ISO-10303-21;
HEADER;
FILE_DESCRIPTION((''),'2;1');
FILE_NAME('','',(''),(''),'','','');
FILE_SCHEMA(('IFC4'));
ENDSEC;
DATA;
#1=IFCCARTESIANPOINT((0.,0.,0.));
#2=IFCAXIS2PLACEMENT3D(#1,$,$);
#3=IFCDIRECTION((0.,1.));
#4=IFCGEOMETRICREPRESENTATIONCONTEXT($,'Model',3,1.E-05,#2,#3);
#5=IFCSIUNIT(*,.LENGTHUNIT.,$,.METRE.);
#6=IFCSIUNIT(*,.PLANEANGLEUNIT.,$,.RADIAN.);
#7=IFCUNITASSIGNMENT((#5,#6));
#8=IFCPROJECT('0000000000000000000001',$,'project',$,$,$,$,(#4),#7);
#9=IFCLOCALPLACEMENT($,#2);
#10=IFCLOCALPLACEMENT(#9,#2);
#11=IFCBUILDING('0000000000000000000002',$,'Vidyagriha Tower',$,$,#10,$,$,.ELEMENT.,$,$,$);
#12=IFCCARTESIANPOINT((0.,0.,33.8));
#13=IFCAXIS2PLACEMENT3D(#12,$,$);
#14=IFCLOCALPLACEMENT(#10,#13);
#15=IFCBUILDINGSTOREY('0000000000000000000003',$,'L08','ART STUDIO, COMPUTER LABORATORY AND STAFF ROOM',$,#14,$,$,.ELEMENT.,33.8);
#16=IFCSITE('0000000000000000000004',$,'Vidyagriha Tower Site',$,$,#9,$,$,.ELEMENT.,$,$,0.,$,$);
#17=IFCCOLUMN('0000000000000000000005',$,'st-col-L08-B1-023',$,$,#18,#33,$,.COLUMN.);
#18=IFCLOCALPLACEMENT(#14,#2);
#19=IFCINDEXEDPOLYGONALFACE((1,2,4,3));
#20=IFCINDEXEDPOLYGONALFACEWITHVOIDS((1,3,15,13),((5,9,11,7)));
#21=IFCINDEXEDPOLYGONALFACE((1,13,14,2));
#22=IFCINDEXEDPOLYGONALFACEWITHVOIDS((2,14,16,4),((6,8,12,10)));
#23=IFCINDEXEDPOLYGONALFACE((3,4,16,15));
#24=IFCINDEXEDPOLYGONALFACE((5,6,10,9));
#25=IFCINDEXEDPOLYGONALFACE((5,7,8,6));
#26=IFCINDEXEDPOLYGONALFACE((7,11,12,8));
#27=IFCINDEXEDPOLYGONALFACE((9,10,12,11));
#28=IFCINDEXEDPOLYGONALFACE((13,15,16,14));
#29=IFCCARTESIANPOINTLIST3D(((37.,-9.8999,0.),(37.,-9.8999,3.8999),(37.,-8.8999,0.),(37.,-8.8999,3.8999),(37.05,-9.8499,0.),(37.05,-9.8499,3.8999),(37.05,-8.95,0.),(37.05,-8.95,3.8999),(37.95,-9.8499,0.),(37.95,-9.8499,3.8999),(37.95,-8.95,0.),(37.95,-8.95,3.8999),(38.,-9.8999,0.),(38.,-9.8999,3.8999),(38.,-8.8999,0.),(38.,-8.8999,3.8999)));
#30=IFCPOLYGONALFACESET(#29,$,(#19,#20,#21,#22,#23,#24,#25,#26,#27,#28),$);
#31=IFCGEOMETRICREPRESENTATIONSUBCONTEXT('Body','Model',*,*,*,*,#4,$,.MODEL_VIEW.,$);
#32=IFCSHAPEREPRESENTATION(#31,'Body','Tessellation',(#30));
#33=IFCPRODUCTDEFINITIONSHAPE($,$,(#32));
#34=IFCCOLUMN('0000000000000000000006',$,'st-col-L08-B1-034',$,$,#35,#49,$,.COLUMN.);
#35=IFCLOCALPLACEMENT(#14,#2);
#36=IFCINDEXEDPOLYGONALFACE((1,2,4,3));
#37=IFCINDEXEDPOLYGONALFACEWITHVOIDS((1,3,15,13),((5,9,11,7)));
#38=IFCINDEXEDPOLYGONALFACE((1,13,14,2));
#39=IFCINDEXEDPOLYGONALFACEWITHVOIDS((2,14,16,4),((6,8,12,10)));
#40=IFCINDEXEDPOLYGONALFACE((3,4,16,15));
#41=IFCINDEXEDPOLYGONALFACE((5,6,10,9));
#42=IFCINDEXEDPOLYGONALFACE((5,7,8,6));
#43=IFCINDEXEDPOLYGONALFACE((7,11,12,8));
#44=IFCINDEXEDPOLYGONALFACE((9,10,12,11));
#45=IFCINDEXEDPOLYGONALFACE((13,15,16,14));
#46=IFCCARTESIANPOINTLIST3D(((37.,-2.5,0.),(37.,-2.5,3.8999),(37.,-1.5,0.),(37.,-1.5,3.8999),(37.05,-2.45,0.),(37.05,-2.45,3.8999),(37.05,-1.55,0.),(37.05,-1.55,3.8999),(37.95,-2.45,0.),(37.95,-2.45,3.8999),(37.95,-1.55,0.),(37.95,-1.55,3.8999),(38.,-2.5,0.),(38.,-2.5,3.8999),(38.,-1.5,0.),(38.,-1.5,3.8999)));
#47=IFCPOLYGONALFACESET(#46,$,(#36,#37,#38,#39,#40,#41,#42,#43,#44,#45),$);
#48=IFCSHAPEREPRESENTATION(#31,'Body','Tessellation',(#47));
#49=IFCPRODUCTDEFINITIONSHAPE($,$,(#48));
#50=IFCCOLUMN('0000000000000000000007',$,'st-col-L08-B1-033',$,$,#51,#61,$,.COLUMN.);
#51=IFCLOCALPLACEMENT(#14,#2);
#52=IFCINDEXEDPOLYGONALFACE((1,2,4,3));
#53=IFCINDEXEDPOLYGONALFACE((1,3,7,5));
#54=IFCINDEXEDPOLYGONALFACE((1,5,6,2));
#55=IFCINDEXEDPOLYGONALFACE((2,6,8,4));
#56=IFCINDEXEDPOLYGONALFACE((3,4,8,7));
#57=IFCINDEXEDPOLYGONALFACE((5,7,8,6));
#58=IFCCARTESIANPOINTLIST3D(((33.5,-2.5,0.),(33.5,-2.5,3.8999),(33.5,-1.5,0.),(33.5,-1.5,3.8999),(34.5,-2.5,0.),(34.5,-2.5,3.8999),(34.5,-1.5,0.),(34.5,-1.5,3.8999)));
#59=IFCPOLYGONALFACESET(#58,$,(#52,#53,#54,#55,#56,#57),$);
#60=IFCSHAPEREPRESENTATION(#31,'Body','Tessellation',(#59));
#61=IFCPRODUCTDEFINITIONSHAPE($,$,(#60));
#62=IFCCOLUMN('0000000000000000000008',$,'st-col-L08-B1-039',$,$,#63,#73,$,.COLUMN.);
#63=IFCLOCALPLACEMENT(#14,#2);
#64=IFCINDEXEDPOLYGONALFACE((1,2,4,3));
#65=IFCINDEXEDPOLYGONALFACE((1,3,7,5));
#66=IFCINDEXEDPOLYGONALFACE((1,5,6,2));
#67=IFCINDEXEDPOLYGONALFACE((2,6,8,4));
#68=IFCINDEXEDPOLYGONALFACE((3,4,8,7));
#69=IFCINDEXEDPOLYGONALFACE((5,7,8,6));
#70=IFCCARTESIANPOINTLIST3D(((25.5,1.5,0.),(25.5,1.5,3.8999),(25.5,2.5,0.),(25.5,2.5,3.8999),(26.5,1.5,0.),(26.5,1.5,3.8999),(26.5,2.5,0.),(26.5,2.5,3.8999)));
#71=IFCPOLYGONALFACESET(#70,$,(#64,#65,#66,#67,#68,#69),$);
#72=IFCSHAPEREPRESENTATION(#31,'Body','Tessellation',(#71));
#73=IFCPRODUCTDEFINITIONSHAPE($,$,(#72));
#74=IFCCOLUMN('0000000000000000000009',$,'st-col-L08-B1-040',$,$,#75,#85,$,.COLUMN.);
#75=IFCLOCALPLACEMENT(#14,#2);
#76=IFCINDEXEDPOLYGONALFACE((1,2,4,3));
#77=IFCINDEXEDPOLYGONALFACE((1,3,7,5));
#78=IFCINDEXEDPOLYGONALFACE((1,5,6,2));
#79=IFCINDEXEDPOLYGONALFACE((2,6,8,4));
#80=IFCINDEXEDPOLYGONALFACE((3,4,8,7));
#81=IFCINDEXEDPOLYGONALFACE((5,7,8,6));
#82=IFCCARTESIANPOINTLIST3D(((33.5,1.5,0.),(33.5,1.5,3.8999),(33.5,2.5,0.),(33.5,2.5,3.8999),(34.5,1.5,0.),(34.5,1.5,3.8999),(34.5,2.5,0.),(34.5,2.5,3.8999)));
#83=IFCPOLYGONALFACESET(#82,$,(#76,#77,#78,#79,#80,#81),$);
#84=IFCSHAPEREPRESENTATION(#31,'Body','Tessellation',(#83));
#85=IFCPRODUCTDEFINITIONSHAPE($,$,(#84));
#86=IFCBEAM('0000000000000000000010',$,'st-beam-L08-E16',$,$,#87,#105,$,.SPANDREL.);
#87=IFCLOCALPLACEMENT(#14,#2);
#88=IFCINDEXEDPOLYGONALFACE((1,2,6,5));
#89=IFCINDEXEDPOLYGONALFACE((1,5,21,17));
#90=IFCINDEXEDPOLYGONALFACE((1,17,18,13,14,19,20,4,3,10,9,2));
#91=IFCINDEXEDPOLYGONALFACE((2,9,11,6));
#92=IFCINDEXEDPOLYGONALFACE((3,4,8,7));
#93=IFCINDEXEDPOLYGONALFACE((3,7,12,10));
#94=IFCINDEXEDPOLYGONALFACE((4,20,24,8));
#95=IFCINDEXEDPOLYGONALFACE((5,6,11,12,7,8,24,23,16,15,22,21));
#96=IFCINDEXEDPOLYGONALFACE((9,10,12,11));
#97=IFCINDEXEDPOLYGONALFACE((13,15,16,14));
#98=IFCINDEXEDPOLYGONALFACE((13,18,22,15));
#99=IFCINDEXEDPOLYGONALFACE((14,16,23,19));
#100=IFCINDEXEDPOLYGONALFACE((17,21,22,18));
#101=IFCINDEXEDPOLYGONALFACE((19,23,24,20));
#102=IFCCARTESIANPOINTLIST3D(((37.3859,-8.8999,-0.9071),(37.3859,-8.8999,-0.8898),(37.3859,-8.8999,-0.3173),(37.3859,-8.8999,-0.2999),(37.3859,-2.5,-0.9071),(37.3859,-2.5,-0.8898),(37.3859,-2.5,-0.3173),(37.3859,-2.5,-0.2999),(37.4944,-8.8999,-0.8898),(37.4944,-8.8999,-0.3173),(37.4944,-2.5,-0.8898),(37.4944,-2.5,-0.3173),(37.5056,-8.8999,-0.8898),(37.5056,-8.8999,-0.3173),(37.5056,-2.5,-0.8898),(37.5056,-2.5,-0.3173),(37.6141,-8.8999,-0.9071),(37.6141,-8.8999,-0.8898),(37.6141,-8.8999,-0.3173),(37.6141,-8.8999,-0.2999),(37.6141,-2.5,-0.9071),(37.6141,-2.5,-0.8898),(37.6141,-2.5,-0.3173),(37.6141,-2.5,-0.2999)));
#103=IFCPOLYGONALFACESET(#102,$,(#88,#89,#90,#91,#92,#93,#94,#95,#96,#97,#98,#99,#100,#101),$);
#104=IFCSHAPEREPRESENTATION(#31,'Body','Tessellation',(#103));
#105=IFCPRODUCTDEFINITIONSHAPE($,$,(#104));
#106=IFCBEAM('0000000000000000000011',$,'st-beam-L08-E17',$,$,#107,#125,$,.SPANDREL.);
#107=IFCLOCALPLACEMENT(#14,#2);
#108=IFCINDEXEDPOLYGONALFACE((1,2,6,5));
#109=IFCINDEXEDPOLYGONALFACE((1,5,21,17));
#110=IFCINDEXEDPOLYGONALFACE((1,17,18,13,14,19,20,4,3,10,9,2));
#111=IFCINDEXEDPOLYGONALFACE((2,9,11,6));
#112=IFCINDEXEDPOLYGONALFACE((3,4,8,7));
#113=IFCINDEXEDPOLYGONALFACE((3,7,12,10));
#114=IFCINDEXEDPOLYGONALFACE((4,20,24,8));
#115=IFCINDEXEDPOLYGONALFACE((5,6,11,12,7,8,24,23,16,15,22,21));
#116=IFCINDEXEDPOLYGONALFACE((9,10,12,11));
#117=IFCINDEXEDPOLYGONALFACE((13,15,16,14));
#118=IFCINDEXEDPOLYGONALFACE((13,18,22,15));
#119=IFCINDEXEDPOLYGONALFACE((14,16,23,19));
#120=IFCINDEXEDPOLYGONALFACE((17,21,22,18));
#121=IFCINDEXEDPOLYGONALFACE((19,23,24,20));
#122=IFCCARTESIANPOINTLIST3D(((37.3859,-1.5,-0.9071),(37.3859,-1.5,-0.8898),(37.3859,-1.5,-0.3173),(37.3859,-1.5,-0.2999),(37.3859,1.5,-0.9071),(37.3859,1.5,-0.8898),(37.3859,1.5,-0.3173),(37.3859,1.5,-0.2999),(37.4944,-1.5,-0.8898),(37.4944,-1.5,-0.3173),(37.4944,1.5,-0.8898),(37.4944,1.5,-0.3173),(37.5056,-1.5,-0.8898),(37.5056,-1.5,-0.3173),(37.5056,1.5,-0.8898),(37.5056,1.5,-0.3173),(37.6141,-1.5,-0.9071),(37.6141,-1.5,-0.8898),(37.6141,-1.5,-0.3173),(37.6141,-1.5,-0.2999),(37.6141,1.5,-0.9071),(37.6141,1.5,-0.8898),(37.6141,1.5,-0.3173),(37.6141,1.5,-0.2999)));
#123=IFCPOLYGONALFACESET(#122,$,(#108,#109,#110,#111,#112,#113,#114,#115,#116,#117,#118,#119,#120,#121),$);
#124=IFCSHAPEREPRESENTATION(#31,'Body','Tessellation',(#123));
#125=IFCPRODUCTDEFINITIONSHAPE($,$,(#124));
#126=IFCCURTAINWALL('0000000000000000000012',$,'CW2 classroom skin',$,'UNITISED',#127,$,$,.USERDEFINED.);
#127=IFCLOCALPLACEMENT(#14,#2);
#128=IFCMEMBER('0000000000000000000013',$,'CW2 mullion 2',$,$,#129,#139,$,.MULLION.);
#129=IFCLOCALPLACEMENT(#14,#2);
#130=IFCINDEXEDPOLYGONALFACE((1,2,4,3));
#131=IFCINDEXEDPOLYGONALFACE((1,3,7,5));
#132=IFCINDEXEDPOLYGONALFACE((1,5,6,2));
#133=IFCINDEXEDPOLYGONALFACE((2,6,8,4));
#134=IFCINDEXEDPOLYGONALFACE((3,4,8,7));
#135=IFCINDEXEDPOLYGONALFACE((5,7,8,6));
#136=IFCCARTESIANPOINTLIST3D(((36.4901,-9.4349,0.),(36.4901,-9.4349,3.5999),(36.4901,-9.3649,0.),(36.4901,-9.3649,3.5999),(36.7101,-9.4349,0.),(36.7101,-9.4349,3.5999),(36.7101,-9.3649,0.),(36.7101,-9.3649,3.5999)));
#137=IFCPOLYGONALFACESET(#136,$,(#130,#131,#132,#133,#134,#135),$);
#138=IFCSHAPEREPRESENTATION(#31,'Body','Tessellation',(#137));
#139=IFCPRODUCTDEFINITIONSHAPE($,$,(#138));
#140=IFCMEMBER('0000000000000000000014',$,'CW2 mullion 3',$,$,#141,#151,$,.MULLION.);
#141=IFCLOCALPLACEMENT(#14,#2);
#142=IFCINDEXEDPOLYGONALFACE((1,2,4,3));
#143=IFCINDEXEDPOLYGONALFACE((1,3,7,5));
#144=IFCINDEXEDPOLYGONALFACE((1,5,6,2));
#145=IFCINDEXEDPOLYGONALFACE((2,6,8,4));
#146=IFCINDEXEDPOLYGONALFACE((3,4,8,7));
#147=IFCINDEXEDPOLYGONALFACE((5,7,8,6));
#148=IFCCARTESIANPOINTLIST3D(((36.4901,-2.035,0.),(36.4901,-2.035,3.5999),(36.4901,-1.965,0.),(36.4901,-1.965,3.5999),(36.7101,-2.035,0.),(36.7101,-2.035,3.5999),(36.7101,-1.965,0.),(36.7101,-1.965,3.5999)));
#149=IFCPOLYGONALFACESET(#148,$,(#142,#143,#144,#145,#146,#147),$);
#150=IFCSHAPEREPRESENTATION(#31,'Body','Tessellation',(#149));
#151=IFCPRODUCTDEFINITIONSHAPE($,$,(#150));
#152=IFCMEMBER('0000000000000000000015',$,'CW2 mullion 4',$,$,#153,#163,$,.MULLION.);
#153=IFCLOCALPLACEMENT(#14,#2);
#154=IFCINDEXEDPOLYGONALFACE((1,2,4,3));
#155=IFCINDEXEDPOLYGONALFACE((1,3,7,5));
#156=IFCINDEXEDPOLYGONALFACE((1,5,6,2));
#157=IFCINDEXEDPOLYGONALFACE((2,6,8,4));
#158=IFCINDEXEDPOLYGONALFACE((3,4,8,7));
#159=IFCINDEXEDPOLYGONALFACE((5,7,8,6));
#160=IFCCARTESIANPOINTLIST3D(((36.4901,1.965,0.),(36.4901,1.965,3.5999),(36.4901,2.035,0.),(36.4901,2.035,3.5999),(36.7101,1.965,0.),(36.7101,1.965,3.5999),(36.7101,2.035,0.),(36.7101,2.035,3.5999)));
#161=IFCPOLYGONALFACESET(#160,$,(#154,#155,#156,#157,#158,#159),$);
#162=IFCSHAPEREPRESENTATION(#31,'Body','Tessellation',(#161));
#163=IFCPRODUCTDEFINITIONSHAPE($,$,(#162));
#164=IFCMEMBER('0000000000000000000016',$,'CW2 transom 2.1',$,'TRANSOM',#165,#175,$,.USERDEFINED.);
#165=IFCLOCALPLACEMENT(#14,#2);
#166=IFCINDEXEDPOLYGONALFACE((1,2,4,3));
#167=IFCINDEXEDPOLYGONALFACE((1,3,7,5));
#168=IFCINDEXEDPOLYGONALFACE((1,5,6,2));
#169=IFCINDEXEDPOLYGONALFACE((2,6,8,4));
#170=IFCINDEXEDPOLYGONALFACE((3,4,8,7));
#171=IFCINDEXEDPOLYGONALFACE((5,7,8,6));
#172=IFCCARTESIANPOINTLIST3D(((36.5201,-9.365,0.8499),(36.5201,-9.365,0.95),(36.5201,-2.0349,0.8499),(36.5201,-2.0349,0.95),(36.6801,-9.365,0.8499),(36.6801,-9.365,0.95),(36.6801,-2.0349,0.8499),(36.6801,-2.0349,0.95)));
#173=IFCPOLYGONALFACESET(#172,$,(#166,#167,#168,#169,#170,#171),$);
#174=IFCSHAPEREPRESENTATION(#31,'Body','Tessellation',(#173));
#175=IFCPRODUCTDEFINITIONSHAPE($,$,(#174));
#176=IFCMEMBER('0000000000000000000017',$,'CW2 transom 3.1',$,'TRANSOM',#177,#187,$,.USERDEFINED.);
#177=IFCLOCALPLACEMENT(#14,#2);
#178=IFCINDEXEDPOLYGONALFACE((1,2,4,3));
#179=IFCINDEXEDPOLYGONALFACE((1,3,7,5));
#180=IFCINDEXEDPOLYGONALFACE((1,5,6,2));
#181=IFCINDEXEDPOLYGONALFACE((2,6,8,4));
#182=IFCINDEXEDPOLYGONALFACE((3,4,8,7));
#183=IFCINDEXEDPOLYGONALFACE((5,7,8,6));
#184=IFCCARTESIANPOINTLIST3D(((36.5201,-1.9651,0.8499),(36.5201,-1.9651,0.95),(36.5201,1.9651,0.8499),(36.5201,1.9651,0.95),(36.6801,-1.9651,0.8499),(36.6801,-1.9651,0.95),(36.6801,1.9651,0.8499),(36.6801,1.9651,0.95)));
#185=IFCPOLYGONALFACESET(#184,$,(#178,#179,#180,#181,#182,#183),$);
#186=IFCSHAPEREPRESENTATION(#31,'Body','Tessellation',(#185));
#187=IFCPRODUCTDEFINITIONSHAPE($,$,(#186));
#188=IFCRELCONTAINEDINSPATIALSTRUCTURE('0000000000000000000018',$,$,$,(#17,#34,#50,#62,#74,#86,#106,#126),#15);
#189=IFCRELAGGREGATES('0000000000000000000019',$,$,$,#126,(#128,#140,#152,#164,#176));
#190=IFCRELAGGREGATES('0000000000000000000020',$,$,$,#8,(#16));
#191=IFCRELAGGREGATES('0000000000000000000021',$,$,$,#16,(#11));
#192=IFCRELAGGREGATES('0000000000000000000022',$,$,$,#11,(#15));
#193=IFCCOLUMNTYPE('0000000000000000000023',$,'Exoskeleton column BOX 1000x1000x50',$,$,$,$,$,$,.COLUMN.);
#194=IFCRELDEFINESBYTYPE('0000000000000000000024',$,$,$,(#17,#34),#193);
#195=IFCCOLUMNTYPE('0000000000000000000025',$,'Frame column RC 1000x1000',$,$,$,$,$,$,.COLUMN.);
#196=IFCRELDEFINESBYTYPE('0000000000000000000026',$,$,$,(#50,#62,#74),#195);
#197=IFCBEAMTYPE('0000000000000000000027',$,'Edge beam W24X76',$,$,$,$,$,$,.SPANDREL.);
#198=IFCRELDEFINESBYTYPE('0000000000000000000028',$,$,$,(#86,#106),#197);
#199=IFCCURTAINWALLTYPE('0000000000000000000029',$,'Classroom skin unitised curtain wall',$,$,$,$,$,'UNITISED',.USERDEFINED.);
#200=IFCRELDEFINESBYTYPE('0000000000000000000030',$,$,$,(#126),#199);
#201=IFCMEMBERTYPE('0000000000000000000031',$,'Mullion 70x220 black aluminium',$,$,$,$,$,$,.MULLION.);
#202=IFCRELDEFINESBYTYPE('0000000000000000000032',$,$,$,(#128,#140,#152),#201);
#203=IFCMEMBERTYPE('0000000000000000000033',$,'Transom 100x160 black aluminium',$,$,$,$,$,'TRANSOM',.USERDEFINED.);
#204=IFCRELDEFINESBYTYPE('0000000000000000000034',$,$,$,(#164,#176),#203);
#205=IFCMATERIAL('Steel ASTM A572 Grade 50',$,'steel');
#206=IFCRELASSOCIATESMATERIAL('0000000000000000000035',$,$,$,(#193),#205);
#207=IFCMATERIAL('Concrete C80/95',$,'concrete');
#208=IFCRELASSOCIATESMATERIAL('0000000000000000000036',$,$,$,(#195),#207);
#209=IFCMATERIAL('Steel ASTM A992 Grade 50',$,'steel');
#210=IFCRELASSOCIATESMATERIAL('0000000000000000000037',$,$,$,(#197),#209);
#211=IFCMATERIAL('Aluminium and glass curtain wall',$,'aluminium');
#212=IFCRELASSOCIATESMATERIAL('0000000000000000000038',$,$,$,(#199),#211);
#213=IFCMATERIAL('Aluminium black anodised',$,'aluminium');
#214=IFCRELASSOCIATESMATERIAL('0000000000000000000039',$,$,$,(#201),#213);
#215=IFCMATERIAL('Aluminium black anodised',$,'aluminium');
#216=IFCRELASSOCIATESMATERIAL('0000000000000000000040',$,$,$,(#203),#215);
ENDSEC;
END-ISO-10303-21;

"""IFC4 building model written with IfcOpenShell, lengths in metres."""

from ifc_helpers import new_model, si_unit, direction, frame, origin, origin_2d, place, context, subcontext, project, spatial, rectangle, hollow_rectangle, i_section, extrude, material, material_profile, profile_set, type_object, element, aggregate, save


model = new_model("IFC4")

# Units and contexts
model_context = context("Model", 3, precision=1e-05, world=origin(), true_north=direction((0.0, 1.0)))
body_context = subcontext(model_context, "Body", "Model", "MODEL_VIEW")
ifc_project = project(units=[si_unit("LENGTHUNIT", "METRE"), si_unit("PLANEANGLEUNIT", "RADIAN")], contexts=[model_context])

# Site, building, storey
site_placement = place(None, origin())
site = spatial("IfcSite", under=ifc_project, at=site_placement, Name="Vidyagriha Tower Site", CompositionType="ELEMENT", RefElevation=0.0)
building_placement = place(site_placement, origin())
building = spatial("IfcBuilding", under=site, at=building_placement, Name="Vidyagriha Tower", CompositionType="ELEMENT")
storey_placement = place(building_placement, frame((0.0, 0.0, 33.8)))
storey = spatial("IfcBuildingStorey", under=building, at=storey_placement, Name="L08", Description="ART STUDIO, COMPUTER LABORATORY AND STAFF ROOM", CompositionType="ELEMENT", Elevation=33.8)

# Columns
ifc_material_1 = material(Name="Steel ASTM A572 Grade 50", Category="steel")
ifc_material_profile_1 = material_profile(ifc_material_1, hollow_rectangle(XDim=1.0, YDim=1.0, WallThickness=0.05, at=origin_2d()), Name="BOX 1000x1000x50")
ifc_profile_set_1 = profile_set([ifc_material_profile_1], Name="Steel ASTM A572 Grade 50")
column_type_1 = type_object("IfcColumnType", Name="Exoskeleton column BOX 1000x1000x50", PredefinedType="COLUMN", material=ifc_profile_set_1)
for number, where, name in (
    (1, (37.5, -9.3999, 0.0), "st-col-L08-B1-023"),
    (2, (37.5, -2.0, 0.0), "st-col-L08-B1-034"),
):
    element("IfcColumn", number, at=place(storey_placement, frame(where)), inside=storey, type_object=column_type_1, Name=name, PredefinedType="COLUMN", context=body_context, shape_type="SweptSolid", body=[
        extrude(hollow_rectangle(XDim=1.0, YDim=1.0, WallThickness=0.05, at=origin_2d()), origin(), (0.0, 0.0, 1.0), 3.8999),
    ])
ifc_material_2 = material(Name="Concrete C80/95", Category="concrete")
ifc_material_profile_2 = material_profile(ifc_material_2, rectangle(XDim=1.0, YDim=1.0, at=origin_2d()), Name="RC 1000x1000")
ifc_profile_set_2 = profile_set([ifc_material_profile_2], Name="Concrete C80/95")
column_type_2 = type_object("IfcColumnType", Name="Frame column RC 1000x1000", PredefinedType="COLUMN", material=ifc_profile_set_2)
for number, where, name in (
    (3, (34.0, -2.0, 0.0), "st-col-L08-B1-033"),
    (4, (26.0, 2.0, 0.0), "st-col-L08-B1-039"),
    (5, (34.0, 2.0, 0.0), "st-col-L08-B1-040"),
):
    element("IfcColumn", number, at=place(storey_placement, frame(where)), inside=storey, type_object=column_type_2, Name=name, PredefinedType="COLUMN", context=body_context, shape_type="SweptSolid", body=[
        extrude(rectangle(XDim=1.0, YDim=1.0, at=origin_2d()), origin(), (0.0, 0.0, 1.0), 3.8999),
    ])

# Beams
ifc_material_3 = material(Name="Steel ASTM A992 Grade 50", Category="steel")
ifc_material_profile_3 = material_profile(ifc_material_3, i_section(OverallWidth=0.2283, OverallDepth=0.6072, WebThickness=0.0112, FlangeThickness=0.0173, at=origin_2d()), Name="W24X76")
ifc_profile_set_3 = profile_set([ifc_material_profile_3], Name="Steel ASTM A992 Grade 50")
beam_type = type_object("IfcBeamType", Name="Edge beam W24X76", PredefinedType="SPANDREL", material=ifc_profile_set_3)
beam_1_placement = place(storey_placement, frame((37.5, -8.8999, -0.6035), z_axis=(0.0, 1.0, 0.0), x_axis=(-1.0, 0.0, 0.0)))
element("IfcBeam", 6, at=beam_1_placement, inside=storey, type_object=beam_type, Name="st-beam-L08-E16", PredefinedType="SPANDREL", context=body_context, shape_type="SweptSolid", body=[
    extrude(i_section(OverallWidth=0.2283, OverallDepth=0.6072, WebThickness=0.0112, FlangeThickness=0.0173, at=origin_2d()), origin(), (0.0, 0.0, 1.0), 6.3999),
])
beam_2_placement = place(storey_placement, frame((37.5, -1.5, -0.6035), z_axis=(0.0, 1.0, 0.0), x_axis=(-1.0, 0.0, 0.0)))
element("IfcBeam", 7, at=beam_2_placement, inside=storey, type_object=beam_type, Name="st-beam-L08-E17", PredefinedType="SPANDREL", context=body_context, shape_type="SweptSolid", body=[
    extrude(i_section(OverallWidth=0.2283, OverallDepth=0.6072, WebThickness=0.0112, FlangeThickness=0.0173, at=origin_2d()), origin(), (0.0, 0.0, 1.0), 3.0),
])

# Curtain wall, members
ifc_material_4 = material(Name="Aluminium and glass curtain wall", Category="aluminium")
curtain_wall_type = type_object("IfcCurtainWallType", Name="Classroom skin unitised curtain wall", ElementType="UNITISED", PredefinedType="USERDEFINED", material=ifc_material_4)
curtain_wall_placement = place(storey_placement, origin())
curtain_wall = element("IfcCurtainWall", 8, at=curtain_wall_placement, inside=storey, type_object=curtain_wall_type, Name="CW2 classroom skin", ObjectType="UNITISED", PredefinedType="USERDEFINED")
ifc_material_5 = material(Name="Aluminium black anodised", Category="aluminium")
ifc_material_profile_4 = material_profile(ifc_material_5, rectangle(XDim=0.22, YDim=0.0701, at=origin_2d()), Name="Mullion 70x220 black aluminium")
ifc_profile_set_4 = profile_set([ifc_material_profile_4], Name="Aluminium black anodised")
member_type_1 = type_object("IfcMemberType", Name="Mullion 70x220 black aluminium", PredefinedType="MULLION", material=ifc_profile_set_4)
member_1_placement = place(storey_placement, frame((36.6001, -9.3999, 0.0), z_axis=(0.0, 0.0, 1.0), x_axis=(-1.0, 0.0, 0.0)))
member_1 = element("IfcMember", 9, at=member_1_placement, type_object=member_type_1, Name="CW2 mullion 2", PredefinedType="MULLION", context=body_context, shape_type="SweptSolid", body=[
    extrude(rectangle(XDim=0.22, YDim=0.0701, at=origin_2d()), origin(), (0.0, 0.0, 1.0), 3.5999),
])
member_2_placement = place(storey_placement, frame((36.6001, -2.0, 0.0), z_axis=(0.0, 0.0, 1.0), x_axis=(-1.0, 0.0, 0.0)))
member_2 = element("IfcMember", 10, at=member_2_placement, type_object=member_type_1, Name="CW2 mullion 3", PredefinedType="MULLION", context=body_context, shape_type="SweptSolid", body=[
    extrude(rectangle(XDim=0.22, YDim=0.0701, at=origin_2d()), origin(), (0.0, 0.0, 1.0), 3.5999),
])
member_3_placement = place(storey_placement, frame((36.6001, 2.0, 0.0), z_axis=(0.0, 0.0, 1.0), x_axis=(-1.0, 0.0, 0.0)))
member_3 = element("IfcMember", 11, at=member_3_placement, type_object=member_type_1, Name="CW2 mullion 4", PredefinedType="MULLION", context=body_context, shape_type="SweptSolid", body=[
    extrude(rectangle(XDim=0.22, YDim=0.0701, at=origin_2d()), origin(), (0.0, 0.0, 1.0), 3.5999),
])
ifc_material_6 = material(Name="Aluminium black anodised", Category="aluminium")
ifc_material_profile_5 = material_profile(ifc_material_6, rectangle(XDim=0.1599, YDim=0.1001, at=origin_2d()), Name="Transom 100x160 black aluminium")
ifc_profile_set_5 = profile_set([ifc_material_profile_5], Name="Aluminium black anodised")
member_type_2 = type_object("IfcMemberType", Name="Transom 100x160 black aluminium", ElementType="TRANSOM", PredefinedType="USERDEFINED", material=ifc_profile_set_5)
member_4_placement = place(storey_placement, frame((36.6001, -9.365, 0.8999), z_axis=(0.0, 1.0, 0.0), x_axis=(-1.0, 0.0, 0.0)))
member_4 = element("IfcMember", 12, at=member_4_placement, type_object=member_type_2, Name="CW2 transom 2.1", ObjectType="TRANSOM", PredefinedType="USERDEFINED", context=body_context, shape_type="SweptSolid", body=[
    extrude(rectangle(XDim=0.1599, YDim=0.1001, at=origin_2d()), origin(), (0.0, 0.0, 1.0), 7.3301),
])
member_5_placement = place(storey_placement, frame((36.6001, -1.9651, 0.8999), z_axis=(0.0, 1.0, 0.0), x_axis=(-1.0, 0.0, 0.0)))
member_5 = element("IfcMember", 13, at=member_5_placement, type_object=member_type_2, Name="CW2 transom 3.1", ObjectType="TRANSOM", PredefinedType="USERDEFINED", context=body_context, shape_type="SweptSolid", body=[
    extrude(rectangle(XDim=0.1599, YDim=0.1001, at=origin_2d()), origin(), (0.0, 0.0, 1.0), 3.9302),
])
aggregate(curtain_wall, [member_1, member_2, member_3, member_4, member_5])

save(model, "model.ifc")
